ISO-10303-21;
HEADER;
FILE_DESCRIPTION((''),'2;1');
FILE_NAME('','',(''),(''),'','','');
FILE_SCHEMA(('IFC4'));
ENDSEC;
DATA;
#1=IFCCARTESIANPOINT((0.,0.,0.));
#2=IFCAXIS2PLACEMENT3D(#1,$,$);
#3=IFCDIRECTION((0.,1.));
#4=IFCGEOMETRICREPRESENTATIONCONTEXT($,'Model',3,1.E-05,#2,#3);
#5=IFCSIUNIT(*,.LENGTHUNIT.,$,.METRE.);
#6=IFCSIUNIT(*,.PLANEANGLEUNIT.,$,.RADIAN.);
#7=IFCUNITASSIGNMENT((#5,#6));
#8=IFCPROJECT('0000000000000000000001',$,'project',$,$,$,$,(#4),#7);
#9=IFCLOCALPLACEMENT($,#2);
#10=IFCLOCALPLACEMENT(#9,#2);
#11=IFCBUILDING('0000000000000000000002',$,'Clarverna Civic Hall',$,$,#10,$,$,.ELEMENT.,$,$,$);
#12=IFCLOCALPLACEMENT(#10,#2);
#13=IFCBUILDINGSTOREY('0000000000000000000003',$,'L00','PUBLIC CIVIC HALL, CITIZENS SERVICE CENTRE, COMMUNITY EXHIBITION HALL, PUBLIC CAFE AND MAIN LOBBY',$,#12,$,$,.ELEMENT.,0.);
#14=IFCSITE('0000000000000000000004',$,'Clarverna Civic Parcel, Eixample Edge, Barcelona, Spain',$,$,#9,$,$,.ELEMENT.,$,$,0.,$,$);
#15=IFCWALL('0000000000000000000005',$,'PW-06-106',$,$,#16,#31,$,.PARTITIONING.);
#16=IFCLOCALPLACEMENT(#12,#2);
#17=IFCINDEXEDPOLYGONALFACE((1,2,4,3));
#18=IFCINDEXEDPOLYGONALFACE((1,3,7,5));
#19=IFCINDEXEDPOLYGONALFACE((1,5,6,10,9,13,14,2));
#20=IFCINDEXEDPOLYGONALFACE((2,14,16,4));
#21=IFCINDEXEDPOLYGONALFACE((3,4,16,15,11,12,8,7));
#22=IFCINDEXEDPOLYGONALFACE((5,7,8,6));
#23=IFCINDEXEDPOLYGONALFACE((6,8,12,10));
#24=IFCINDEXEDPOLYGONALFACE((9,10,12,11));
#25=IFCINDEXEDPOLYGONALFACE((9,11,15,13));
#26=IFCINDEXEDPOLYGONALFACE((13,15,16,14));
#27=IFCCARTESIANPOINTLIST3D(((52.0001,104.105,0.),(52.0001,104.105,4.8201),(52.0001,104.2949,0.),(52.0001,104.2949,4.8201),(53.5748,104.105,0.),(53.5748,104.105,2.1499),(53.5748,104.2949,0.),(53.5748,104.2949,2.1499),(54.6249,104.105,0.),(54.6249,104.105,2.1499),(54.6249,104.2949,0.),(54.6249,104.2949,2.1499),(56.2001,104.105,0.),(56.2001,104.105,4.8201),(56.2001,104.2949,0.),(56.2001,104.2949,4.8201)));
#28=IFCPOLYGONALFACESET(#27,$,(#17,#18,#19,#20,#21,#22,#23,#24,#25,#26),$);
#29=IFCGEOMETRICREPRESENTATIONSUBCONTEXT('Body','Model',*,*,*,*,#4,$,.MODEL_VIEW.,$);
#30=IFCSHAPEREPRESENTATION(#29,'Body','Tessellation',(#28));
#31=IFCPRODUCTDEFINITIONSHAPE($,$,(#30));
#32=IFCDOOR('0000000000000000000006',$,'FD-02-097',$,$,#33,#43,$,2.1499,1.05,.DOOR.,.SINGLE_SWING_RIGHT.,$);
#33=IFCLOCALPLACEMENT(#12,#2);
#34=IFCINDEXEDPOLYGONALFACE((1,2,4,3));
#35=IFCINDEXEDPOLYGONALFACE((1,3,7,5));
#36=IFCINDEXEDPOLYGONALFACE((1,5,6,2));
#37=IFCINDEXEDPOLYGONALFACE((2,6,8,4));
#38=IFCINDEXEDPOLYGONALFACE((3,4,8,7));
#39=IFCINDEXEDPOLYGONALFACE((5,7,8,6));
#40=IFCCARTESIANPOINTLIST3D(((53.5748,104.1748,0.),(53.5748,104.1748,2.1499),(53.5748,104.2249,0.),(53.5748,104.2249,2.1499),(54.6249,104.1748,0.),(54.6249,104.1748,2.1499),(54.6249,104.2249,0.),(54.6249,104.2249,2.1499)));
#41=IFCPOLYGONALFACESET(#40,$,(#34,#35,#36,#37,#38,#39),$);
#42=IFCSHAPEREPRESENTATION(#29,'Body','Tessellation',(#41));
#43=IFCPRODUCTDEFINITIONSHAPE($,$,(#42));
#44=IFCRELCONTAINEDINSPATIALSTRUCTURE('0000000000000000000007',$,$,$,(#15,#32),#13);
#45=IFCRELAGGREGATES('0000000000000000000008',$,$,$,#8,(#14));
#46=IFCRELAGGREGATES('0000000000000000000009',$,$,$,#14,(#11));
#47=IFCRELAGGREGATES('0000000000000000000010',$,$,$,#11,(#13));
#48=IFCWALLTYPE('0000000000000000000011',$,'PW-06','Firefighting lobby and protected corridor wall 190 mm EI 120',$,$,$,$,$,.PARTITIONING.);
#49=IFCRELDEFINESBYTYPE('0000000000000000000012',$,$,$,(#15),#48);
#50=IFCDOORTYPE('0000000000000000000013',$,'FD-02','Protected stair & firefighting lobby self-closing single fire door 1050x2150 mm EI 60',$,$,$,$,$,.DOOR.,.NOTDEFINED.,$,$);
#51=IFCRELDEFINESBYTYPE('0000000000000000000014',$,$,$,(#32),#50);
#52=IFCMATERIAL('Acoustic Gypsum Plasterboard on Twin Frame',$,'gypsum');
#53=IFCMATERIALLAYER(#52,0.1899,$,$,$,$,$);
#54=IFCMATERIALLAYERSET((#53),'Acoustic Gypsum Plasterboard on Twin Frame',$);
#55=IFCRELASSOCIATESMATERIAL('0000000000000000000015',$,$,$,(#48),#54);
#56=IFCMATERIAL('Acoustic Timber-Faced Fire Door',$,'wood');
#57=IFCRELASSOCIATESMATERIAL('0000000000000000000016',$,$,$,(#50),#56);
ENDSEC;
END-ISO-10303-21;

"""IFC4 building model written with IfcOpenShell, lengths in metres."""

from ifc_helpers import new_model, si_unit, direction, frame, frame_2d, origin, place, context, subcontext, project, spatial, rectangle, extrude, material, layer, layer_set, type_object, element, fill, save


model = new_model("IFC4")

# Units and contexts
model_context = context("Model", 3, precision=1e-05, world=origin(), true_north=direction((0.0, 1.0)))
body_context = subcontext(model_context, "Body", "Model", "MODEL_VIEW")
ifc_project = project(units=[si_unit("LENGTHUNIT", "METRE"), si_unit("PLANEANGLEUNIT", "RADIAN")], contexts=[model_context])

# Site, building, storey
site_placement = place(None, origin())
site = spatial("IfcSite", under=ifc_project, at=site_placement, Name="Clarverna Civic Parcel, Eixample Edge, Barcelona, Spain", CompositionType="ELEMENT", RefElevation=0.0)
building_placement = place(site_placement, origin())
building = spatial("IfcBuilding", under=site, at=building_placement, Name="Clarverna Civic Hall", CompositionType="ELEMENT")
storey_placement = place(building_placement, origin())
storey = spatial("IfcBuildingStorey", under=building, at=storey_placement, Name="L00", Description="PUBLIC CIVIC HALL, CITIZENS SERVICE CENTRE, COMMUNITY EXHIBITION HALL, PUBLIC CAFE AND MAIN LOBBY", CompositionType="ELEMENT", Elevation=0.0)

# Shared definitions
ifc_material_1 = material(Name="Acoustic Gypsum Plasterboard on Twin Frame", Category="gypsum")
ifc_layer_1 = layer(ifc_material_1, 0.1899)
ifc_layer_set_1 = layer_set([ifc_layer_1], Name="Acoustic Gypsum Plasterboard on Twin Frame")
wall_type = type_object("IfcWallType", Name="PW-06", Description="Firefighting lobby and protected corridor wall 190 mm EI 120", PredefinedType="PARTITIONING", material=ifc_layer_set_1)

# Wall, opening, door
wall_1_placement = place(storey_placement, frame((52.0, 104.2, 0.0), z_axis=(0.0, 0.0, 1.0), x_axis=(1.0, 0.0, 0.0)))
wall_1 = element("IfcWall", 1, at=wall_1_placement, inside=storey, type_object=wall_type, Name="PW-06-106", PredefinedType="PARTITIONING", context=body_context, shape_type="SweptSolid", body=[
    extrude(rectangle(XDim=4.2, YDim=0.1899, at=frame_2d((2.1001, 0.0))), origin(), (0.0, 0.0, 1.0), 4.8201),
])
opening_placement = place(wall_1_placement, frame((1.575, 0.0, 0.0)))
opening = element("IfcOpeningElement", 2, at=opening_placement, cuts=wall_1, PredefinedType="OPENING", context=body_context, shape_type="SweptSolid", body=[
    extrude(rectangle(XDim=1.05, YDim=2.1499, at=frame_2d((0.5249, 1.075))), frame((0.0, 0.105, 0.0), z_axis=(0.0, -1.0, 0.0), x_axis=(1.0, 0.0, 0.0)), (0.0, 0.0, 1.0), 0.21),
])
ifc_material_2 = material(Name="Acoustic Timber-Faced Fire Door", Category="wood")
door_type = type_object("IfcDoorType", Name="FD-02", Description="Protected stair & firefighting lobby self-closing single fire door 1050x2150 mm EI 60", OperationType="NOTDEFINED", PredefinedType="DOOR", material=ifc_material_2)
door_placement = place(opening_placement, origin())
door = element("IfcDoor", 3, at=door_placement, inside=storey, type_object=door_type, Name="FD-02-097", OperationType="SINGLE_SWING_RIGHT", OverallHeight=2.1499, OverallWidth=1.05, PredefinedType="DOOR", context=body_context, shape_type="SweptSolid", body=[
    extrude(rectangle(XDim=1.05, YDim=2.1499, at=frame_2d((0.5249, 1.075))), frame((0.0, 0.0249, 0.0), z_axis=(0.0, -1.0, 0.0), x_axis=(1.0, 0.0, 0.0)), (0.0, 0.0, 1.0), 0.05),
])
fill(opening, door)

save(model, "model.ifc")
